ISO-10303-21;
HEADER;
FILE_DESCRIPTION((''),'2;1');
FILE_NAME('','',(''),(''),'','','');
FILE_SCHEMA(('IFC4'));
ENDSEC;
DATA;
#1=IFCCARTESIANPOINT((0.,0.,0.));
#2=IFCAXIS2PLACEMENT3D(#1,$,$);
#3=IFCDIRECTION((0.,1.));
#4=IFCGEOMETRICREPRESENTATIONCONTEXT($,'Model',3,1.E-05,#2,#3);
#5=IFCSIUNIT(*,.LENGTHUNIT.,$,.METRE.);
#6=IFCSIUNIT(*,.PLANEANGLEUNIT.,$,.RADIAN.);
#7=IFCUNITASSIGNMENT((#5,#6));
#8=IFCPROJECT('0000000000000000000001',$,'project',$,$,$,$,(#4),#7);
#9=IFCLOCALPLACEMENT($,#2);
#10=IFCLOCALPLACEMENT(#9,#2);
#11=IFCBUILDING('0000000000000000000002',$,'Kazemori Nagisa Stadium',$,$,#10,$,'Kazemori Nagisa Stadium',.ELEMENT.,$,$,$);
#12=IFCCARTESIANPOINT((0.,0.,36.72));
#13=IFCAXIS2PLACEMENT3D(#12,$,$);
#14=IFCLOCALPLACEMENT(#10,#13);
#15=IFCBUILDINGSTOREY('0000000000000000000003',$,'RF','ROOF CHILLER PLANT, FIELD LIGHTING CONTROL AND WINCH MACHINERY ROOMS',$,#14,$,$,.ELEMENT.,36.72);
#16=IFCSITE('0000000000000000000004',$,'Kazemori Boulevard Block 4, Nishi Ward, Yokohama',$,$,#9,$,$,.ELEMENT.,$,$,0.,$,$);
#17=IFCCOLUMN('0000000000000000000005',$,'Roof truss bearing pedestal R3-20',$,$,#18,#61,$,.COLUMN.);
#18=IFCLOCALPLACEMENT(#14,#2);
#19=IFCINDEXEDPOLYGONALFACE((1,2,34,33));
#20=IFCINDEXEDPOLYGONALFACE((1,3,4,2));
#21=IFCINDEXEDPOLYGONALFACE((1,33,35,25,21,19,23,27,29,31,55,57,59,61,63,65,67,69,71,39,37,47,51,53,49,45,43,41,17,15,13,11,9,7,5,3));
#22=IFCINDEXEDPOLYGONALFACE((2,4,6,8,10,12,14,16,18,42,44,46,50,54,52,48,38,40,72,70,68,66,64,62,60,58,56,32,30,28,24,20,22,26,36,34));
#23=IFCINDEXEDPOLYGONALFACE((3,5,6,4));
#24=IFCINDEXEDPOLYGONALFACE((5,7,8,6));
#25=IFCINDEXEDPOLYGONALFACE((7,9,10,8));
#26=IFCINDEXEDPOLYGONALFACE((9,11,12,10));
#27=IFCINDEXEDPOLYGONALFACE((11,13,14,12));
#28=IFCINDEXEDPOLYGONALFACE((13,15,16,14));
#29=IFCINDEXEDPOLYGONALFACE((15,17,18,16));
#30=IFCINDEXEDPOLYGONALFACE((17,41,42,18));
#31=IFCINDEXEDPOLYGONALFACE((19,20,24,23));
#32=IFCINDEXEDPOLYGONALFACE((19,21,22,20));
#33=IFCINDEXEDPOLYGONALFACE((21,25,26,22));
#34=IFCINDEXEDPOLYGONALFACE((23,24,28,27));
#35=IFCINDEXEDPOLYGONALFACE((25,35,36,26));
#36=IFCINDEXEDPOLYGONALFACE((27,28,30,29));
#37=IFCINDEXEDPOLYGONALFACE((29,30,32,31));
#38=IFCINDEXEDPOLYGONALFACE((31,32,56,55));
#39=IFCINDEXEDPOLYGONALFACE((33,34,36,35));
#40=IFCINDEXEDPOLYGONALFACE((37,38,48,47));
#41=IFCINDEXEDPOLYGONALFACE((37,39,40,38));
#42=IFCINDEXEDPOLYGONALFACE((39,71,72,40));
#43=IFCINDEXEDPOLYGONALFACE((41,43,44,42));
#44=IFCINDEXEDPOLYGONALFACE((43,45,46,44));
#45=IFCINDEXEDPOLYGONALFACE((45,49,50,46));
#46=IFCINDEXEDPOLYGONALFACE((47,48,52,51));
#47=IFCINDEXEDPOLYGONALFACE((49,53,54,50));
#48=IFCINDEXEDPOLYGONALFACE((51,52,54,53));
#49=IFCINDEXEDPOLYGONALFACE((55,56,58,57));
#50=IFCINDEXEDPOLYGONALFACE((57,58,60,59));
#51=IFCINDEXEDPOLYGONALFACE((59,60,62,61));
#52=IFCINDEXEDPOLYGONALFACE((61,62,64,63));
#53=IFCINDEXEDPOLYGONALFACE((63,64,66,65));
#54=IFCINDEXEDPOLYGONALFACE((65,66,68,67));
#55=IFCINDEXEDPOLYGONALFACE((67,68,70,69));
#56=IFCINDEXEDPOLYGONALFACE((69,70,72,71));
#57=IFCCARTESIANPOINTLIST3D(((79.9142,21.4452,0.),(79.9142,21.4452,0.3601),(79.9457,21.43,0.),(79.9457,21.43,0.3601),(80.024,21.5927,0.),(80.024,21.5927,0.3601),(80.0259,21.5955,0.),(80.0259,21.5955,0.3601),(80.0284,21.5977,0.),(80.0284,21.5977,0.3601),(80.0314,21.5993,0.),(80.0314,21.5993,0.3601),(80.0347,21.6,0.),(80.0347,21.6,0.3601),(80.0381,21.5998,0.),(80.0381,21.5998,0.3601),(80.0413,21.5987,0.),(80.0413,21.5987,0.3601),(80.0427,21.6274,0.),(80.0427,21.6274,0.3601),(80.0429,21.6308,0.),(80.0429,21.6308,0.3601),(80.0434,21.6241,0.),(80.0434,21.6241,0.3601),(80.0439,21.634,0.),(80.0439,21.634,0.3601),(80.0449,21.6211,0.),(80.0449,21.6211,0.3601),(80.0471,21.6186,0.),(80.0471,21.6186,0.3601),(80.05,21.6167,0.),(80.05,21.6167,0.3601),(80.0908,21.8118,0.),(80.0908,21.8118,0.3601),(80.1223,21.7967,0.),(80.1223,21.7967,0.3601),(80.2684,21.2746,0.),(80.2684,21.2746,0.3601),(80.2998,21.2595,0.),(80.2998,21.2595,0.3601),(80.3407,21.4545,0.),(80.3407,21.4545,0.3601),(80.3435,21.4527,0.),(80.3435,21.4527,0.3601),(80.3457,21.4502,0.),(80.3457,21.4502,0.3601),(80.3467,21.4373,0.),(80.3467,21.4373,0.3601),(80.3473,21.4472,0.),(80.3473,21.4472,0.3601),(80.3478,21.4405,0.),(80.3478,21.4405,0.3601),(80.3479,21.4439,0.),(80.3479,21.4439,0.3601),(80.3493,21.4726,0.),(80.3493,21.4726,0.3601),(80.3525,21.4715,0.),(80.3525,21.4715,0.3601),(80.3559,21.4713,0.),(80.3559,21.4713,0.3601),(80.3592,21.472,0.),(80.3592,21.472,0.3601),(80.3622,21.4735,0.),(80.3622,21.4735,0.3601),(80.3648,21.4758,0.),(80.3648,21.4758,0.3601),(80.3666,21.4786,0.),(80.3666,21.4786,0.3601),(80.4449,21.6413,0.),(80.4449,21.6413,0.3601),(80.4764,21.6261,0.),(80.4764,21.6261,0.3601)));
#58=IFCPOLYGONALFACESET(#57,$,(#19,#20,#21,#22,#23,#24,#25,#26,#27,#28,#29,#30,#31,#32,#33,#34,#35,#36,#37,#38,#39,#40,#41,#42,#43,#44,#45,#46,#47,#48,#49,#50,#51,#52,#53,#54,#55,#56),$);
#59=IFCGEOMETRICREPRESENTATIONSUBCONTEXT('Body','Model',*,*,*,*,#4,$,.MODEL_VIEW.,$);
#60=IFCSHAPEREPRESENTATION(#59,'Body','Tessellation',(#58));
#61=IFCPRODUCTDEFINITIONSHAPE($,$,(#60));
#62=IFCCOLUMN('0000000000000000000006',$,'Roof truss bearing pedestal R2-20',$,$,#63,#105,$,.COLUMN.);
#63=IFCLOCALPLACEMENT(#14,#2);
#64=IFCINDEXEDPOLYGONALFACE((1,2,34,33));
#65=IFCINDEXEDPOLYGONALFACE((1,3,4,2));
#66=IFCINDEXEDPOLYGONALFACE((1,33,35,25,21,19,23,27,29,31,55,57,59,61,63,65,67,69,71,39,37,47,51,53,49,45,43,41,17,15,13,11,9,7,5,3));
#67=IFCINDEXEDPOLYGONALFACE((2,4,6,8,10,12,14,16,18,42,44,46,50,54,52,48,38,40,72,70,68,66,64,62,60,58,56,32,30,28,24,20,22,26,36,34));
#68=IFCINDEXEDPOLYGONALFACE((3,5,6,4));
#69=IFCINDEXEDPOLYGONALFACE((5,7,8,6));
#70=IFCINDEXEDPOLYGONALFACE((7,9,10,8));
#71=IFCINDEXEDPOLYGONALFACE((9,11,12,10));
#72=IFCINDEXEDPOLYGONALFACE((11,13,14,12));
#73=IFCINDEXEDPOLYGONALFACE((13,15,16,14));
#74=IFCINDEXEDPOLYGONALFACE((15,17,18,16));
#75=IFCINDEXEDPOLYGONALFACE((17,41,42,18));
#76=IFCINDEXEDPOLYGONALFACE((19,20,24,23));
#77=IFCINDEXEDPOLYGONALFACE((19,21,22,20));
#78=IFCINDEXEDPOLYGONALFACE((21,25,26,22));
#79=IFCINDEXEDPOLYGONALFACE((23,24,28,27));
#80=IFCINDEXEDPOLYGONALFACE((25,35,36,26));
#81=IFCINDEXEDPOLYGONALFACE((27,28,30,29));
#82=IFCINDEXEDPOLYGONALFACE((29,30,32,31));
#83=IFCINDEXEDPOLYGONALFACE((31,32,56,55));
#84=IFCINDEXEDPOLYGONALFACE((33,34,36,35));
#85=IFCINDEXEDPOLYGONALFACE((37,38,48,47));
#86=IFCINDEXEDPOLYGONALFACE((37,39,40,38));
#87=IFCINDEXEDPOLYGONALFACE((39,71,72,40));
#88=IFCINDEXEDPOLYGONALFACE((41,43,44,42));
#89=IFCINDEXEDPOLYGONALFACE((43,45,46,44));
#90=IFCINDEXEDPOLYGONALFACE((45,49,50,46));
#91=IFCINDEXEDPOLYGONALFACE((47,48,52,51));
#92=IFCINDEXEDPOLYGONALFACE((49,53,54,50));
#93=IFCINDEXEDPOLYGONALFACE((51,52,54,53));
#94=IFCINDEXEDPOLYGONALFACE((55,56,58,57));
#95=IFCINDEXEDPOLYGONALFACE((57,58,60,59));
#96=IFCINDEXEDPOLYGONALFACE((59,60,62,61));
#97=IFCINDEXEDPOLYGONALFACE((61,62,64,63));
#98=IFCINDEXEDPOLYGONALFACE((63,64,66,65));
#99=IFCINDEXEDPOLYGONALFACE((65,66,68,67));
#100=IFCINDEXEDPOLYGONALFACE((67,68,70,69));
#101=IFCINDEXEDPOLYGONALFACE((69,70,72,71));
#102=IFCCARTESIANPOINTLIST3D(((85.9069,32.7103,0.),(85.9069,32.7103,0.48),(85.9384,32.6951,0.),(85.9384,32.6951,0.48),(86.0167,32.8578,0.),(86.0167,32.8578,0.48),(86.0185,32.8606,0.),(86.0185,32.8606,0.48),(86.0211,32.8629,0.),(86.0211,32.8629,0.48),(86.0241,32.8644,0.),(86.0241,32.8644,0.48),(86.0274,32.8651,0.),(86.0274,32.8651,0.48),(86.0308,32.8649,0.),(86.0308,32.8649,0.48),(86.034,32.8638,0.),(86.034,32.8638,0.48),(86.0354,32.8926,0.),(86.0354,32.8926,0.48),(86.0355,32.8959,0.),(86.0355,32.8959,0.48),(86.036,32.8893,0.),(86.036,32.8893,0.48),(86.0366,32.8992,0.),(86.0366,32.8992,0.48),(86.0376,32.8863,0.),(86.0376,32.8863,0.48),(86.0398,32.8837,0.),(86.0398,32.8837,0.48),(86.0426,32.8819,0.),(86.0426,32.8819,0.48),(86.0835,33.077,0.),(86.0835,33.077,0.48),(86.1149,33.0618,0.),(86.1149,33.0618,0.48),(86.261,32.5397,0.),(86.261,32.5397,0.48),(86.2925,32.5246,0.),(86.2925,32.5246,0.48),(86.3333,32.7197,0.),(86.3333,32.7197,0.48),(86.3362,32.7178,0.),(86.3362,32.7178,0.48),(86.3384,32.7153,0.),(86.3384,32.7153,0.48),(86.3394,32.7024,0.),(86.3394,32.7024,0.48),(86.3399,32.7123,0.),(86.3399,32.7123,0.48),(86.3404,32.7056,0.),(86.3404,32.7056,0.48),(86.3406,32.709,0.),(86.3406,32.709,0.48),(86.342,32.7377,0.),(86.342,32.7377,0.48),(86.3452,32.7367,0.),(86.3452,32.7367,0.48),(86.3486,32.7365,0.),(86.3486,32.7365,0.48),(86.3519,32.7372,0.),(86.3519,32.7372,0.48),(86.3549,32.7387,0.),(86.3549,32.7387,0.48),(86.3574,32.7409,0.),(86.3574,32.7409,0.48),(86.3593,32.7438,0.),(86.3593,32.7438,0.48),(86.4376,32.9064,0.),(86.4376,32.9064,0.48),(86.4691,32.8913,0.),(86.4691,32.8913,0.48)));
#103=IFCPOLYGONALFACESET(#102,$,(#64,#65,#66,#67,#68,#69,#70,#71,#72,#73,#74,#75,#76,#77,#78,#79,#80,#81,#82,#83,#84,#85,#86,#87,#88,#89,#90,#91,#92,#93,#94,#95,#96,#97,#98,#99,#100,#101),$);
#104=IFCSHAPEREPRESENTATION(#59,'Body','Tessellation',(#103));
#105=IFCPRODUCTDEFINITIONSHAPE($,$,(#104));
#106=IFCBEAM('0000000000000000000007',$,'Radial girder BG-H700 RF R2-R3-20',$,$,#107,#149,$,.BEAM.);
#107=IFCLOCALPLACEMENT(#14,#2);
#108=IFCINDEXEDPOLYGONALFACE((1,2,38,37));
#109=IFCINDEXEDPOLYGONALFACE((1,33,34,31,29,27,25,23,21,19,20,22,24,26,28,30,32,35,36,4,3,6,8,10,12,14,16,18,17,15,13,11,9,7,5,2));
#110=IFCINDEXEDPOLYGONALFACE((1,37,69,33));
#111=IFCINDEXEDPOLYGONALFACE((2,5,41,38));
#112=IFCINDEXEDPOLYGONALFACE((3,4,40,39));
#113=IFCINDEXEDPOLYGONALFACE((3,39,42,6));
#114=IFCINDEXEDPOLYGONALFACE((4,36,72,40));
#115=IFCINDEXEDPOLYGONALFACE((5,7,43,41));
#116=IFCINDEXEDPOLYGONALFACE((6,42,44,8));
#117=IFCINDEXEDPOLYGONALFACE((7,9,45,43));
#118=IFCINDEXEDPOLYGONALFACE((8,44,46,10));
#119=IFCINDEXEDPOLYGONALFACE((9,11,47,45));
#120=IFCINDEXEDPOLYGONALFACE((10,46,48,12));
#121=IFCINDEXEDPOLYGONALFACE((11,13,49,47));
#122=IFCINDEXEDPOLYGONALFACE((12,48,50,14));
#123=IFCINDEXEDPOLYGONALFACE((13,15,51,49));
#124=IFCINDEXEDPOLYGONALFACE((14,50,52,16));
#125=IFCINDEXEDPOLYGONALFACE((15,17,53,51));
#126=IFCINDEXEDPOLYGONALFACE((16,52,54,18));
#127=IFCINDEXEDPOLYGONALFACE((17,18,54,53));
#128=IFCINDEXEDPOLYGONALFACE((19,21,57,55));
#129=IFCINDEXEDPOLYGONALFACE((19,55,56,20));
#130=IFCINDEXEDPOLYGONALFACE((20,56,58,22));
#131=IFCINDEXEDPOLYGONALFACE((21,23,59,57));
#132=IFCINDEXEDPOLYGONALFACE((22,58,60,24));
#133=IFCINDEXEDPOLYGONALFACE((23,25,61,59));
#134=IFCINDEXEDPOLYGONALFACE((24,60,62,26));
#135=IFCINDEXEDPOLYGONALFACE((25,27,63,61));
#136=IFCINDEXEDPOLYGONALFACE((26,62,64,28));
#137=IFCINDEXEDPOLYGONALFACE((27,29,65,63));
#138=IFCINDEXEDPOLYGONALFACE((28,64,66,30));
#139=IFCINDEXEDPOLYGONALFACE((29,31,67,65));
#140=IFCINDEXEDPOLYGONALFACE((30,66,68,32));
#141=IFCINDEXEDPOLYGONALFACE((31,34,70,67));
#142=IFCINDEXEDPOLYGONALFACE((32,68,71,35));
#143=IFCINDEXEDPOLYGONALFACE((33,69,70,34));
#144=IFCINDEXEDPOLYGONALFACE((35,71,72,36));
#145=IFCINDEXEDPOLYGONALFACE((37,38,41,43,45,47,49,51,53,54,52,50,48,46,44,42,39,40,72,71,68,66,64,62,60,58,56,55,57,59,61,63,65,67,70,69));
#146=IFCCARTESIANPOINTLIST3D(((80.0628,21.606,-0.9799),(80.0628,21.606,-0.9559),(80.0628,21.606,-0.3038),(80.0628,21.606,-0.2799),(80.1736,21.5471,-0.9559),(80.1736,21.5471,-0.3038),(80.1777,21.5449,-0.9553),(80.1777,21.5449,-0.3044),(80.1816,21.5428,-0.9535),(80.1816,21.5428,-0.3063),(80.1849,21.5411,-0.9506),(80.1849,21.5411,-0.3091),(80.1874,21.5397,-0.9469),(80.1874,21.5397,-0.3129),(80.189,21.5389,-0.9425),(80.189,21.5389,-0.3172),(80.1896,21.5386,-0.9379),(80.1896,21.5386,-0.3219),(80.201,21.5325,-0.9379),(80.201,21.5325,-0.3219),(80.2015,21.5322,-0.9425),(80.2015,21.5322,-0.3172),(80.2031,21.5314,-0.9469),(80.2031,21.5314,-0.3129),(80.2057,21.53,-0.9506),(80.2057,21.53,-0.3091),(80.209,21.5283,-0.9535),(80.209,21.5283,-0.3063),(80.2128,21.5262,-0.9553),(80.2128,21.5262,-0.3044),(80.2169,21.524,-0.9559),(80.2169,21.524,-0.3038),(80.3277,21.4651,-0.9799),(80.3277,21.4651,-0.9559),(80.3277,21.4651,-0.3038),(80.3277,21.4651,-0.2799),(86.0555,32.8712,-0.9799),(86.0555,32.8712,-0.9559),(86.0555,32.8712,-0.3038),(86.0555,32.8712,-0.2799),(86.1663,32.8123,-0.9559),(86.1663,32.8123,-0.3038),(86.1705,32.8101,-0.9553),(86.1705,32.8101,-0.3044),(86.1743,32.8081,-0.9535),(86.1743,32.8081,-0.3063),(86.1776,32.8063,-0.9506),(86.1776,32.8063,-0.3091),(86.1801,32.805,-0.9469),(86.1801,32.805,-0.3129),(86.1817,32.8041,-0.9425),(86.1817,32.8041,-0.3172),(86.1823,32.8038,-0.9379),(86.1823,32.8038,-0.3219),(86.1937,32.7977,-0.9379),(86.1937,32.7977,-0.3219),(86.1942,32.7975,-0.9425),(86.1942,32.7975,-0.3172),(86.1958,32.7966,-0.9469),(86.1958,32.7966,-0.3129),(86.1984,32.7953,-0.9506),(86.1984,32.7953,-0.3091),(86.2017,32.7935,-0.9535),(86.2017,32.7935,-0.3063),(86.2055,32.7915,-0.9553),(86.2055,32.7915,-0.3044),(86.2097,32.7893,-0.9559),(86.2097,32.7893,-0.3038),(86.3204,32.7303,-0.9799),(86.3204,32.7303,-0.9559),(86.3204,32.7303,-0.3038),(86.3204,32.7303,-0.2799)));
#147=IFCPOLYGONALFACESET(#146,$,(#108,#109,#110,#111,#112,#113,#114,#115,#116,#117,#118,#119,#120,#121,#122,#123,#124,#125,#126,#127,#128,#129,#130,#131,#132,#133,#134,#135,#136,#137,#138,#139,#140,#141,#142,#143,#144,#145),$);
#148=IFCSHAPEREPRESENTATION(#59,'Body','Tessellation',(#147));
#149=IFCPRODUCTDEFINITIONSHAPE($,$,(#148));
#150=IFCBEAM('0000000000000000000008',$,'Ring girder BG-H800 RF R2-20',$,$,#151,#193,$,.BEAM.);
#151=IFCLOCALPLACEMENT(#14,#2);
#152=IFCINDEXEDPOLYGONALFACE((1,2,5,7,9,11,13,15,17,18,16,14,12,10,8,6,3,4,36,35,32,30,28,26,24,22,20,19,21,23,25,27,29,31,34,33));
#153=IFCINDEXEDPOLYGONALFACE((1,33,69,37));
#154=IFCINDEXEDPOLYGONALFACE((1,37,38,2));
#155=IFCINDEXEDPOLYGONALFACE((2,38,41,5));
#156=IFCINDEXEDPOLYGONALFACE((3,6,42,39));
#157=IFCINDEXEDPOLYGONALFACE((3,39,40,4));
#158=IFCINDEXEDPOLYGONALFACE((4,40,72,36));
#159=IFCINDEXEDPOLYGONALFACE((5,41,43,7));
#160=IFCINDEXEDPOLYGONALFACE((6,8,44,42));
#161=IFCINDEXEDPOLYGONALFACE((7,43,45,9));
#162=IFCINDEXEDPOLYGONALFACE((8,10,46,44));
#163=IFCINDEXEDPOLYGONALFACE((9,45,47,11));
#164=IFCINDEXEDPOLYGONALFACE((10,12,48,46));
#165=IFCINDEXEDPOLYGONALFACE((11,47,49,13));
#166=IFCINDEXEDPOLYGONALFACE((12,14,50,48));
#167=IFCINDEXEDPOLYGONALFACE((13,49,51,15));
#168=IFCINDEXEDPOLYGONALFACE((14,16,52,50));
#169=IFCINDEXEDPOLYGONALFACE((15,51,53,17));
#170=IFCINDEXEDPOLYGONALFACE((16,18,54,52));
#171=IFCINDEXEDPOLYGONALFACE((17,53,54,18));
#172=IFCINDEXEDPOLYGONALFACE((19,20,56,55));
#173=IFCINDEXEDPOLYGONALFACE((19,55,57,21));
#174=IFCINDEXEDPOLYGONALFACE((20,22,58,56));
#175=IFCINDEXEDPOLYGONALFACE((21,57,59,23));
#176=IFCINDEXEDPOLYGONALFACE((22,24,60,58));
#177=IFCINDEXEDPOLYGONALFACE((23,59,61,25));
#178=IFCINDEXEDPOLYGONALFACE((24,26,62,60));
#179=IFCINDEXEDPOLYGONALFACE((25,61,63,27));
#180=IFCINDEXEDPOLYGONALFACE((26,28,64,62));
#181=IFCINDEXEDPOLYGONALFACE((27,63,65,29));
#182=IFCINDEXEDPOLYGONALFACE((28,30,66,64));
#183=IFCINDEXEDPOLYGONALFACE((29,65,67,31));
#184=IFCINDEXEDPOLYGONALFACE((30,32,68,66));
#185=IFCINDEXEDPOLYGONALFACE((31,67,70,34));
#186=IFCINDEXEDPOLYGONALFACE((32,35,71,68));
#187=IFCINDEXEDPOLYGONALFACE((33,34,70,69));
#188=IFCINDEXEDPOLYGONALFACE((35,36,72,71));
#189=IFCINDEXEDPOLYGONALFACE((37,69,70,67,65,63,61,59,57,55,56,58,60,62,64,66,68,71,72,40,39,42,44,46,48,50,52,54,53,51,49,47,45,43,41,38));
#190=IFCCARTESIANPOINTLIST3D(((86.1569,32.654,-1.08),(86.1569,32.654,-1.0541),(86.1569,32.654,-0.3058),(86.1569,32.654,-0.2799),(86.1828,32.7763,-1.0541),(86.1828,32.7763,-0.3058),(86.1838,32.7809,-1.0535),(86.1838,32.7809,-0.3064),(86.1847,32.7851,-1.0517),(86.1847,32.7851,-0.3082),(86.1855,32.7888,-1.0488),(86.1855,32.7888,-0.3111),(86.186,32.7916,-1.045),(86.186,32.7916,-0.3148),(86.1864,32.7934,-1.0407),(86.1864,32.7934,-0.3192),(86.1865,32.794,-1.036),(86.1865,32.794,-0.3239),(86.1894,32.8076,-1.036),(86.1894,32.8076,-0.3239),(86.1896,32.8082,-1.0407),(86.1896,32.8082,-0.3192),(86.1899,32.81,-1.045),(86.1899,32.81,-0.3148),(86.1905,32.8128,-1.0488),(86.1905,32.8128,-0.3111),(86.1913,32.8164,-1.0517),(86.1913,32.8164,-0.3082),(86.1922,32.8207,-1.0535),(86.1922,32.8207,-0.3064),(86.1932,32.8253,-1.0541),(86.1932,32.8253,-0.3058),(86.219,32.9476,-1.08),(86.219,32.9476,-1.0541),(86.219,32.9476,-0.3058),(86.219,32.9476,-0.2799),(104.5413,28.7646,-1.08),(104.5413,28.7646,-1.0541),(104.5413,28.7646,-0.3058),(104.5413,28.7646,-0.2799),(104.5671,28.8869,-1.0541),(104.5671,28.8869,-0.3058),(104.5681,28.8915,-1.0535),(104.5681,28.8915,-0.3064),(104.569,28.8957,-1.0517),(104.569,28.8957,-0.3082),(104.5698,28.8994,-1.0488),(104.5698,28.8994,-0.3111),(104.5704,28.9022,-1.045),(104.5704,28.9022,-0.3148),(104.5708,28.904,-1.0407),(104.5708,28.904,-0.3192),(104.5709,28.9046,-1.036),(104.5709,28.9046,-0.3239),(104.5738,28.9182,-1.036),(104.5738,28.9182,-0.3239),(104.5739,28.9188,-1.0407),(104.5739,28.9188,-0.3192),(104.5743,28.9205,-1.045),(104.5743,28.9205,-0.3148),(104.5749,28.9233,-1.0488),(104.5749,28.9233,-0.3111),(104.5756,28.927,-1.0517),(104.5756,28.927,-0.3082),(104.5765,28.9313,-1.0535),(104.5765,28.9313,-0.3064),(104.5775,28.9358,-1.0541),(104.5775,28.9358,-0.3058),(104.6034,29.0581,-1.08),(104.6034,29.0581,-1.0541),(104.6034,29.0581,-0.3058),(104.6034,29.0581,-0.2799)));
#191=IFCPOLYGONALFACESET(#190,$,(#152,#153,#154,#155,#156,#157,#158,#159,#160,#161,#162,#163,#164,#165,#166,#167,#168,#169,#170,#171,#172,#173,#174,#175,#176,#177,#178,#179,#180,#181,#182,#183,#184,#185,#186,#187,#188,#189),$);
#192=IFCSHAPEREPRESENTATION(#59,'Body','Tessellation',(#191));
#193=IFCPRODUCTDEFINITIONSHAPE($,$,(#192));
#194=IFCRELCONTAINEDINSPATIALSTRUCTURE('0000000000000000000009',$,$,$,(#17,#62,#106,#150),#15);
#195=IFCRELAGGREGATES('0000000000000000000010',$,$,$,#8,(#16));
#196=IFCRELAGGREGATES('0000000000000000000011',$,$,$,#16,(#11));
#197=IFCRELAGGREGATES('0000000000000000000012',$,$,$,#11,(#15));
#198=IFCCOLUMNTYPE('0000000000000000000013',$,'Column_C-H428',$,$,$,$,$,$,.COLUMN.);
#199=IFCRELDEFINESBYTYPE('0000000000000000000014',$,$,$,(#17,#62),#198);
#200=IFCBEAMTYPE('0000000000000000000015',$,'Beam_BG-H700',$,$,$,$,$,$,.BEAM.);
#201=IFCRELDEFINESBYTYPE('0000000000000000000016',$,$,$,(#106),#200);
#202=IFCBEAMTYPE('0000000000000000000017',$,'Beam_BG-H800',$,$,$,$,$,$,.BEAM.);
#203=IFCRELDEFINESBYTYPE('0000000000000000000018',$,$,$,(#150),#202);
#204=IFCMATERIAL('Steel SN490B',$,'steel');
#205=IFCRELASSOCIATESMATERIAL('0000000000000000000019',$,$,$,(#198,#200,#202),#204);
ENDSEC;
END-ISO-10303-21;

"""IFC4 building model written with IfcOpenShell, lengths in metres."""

from ifc_helpers import new_model, si_unit, direction, frame, origin, origin_2d, place, context, subcontext, project, spatial, i_section, extrude, material, material_profile, profile_set, type_object, element, save


model = new_model("IFC4")

# Units and contexts
model_context = context("Model", 3, precision=1e-05, world=origin(), true_north=direction((0.0, 1.0)))
body_context = subcontext(model_context, "Body", "Model", "MODEL_VIEW")
ifc_project = project(units=[si_unit("LENGTHUNIT", "METRE"), si_unit("PLANEANGLEUNIT", "RADIAN")], contexts=[model_context])

# Site, building, storey
site_placement = place(None, origin())
site = spatial("IfcSite", under=ifc_project, at=site_placement, Name="Kazemori Boulevard Block 4, Nishi Ward, Yokohama", CompositionType="ELEMENT", RefElevation=0.0)
building_placement = place(site_placement, origin())
building = spatial("IfcBuilding", under=site, at=building_placement, Name="Kazemori Nagisa Stadium", LongName="Kazemori Nagisa Stadium", CompositionType="ELEMENT")
storey_placement = place(building_placement, frame((0.0, 0.0, 36.72)))
storey = spatial("IfcBuildingStorey", under=building, at=storey_placement, Name="RF", Description="ROOF CHILLER PLANT, FIELD LIGHTING CONTROL AND WINCH MACHINERY ROOMS", CompositionType="ELEMENT", Elevation=36.72)

# Columns
ifc_material_1 = material(Name="Steel SN490B", Category="steel")
ifc_material_profile_1 = material_profile(ifc_material_1, i_section(OverallWidth=0.407, OverallDepth=0.428, WebThickness=0.02, FlangeThickness=0.0349, FilletRadius=0.0129, at=origin_2d()), Name="H-428x407x20x35")
ifc_profile_set_1 = profile_set([ifc_material_profile_1], Name="Steel SN490B")
column_type = type_object("IfcColumnType", Name="Column_C-H428", PredefinedType="COLUMN", material=ifc_profile_set_1)
column_1_placement = place(storey_placement, frame((80.1953, 21.5356, 0.0), z_axis=(0.0, 0.0, 1.0), x_axis=(-0.433884, -0.900969, 0.0)))
element("IfcColumn", 1, at=column_1_placement, inside=storey, type_object=column_type, Name="Roof truss bearing pedestal R3-20", PredefinedType="COLUMN", context=body_context, shape_type="SweptSolid", body=[
    extrude(i_section(OverallWidth=0.407, OverallDepth=0.428, WebThickness=0.02, FlangeThickness=0.0349, FilletRadius=0.0129, at=origin_2d()), origin(), (0.0, 0.0, 1.0), 0.3601),
])
column_2_placement = place(storey_placement, frame((86.188, 32.8008, 0.0), z_axis=(0.0, 0.0, 1.0), x_axis=(-0.433884, -0.900969, 0.0)))
element("IfcColumn", 2, at=column_2_placement, inside=storey, type_object=column_type, Name="Roof truss bearing pedestal R2-20", PredefinedType="COLUMN", context=body_context, shape_type="SweptSolid", body=[
    extrude(i_section(OverallWidth=0.407, OverallDepth=0.428, WebThickness=0.02, FlangeThickness=0.0349, FilletRadius=0.0129, at=origin_2d()), origin(), (0.0, 0.0, 1.0), 0.48),
])

# Beams
ifc_material_profile_2 = material_profile(ifc_material_1, i_section(OverallWidth=0.3, OverallDepth=0.7, WebThickness=0.0129, FlangeThickness=0.0239, FilletRadius=0.0181, at=origin_2d()), Name="H-700x300x13x24")
ifc_profile_set_2 = profile_set([ifc_material_profile_2], Name="Steel SN490B")
beam_type_1 = type_object("IfcBeamType", Name="Beam_BG-H700", PredefinedType="BEAM", material=ifc_profile_set_2)
beam_1_placement = place(storey_placement, frame((86.188, 32.8008, -0.6299), z_axis=(-0.469649, -0.882853, 0.0), x_axis=(0.882853, -0.469649, 0.0)))
element("IfcBeam", 3, at=beam_1_placement, inside=storey, type_object=beam_type_1, Name="Radial girder BG-H700 RF R2-R3-20", PredefinedType="BEAM", context=body_context, shape_type="SweptSolid", body=[
    extrude(i_section(OverallWidth=0.3, OverallDepth=0.7, WebThickness=0.0129, FlangeThickness=0.0239, FilletRadius=0.0181, at=origin_2d()), origin(), (0.0, 0.0, 1.0), 12.76),
])
ifc_material_profile_3 = material_profile(ifc_material_1, i_section(OverallWidth=0.3, OverallDepth=0.8, WebThickness=0.0139, FlangeThickness=0.0259, FilletRadius=0.0181, at=origin_2d()), Name="H-800x300x14x26")
ifc_profile_set_3 = profile_set([ifc_material_profile_3], Name="Steel SN490B")
beam_type_2 = type_object("IfcBeamType", Name="Beam_BG-H800", PredefinedType="BEAM", material=ifc_profile_set_3)
beam_2_placement = place(storey_placement, frame((86.188, 32.8008, -0.6799), z_axis=(0.978345, -0.20698, 0.0), x_axis=(0.20698, 0.978345, 0.0)))
element("IfcBeam", 4, at=beam_2_placement, inside=storey, type_object=beam_type_2, Name="Ring girder BG-H800 RF R2-20", PredefinedType="BEAM", context=body_context, shape_type="SweptSolid", body=[
    extrude(i_section(OverallWidth=0.3, OverallDepth=0.8, WebThickness=0.0139, FlangeThickness=0.0259, FilletRadius=0.0181, at=origin_2d()), origin(), (0.0, 0.0, 1.0), 18.7913),
])

save(model, "model.ifc")
